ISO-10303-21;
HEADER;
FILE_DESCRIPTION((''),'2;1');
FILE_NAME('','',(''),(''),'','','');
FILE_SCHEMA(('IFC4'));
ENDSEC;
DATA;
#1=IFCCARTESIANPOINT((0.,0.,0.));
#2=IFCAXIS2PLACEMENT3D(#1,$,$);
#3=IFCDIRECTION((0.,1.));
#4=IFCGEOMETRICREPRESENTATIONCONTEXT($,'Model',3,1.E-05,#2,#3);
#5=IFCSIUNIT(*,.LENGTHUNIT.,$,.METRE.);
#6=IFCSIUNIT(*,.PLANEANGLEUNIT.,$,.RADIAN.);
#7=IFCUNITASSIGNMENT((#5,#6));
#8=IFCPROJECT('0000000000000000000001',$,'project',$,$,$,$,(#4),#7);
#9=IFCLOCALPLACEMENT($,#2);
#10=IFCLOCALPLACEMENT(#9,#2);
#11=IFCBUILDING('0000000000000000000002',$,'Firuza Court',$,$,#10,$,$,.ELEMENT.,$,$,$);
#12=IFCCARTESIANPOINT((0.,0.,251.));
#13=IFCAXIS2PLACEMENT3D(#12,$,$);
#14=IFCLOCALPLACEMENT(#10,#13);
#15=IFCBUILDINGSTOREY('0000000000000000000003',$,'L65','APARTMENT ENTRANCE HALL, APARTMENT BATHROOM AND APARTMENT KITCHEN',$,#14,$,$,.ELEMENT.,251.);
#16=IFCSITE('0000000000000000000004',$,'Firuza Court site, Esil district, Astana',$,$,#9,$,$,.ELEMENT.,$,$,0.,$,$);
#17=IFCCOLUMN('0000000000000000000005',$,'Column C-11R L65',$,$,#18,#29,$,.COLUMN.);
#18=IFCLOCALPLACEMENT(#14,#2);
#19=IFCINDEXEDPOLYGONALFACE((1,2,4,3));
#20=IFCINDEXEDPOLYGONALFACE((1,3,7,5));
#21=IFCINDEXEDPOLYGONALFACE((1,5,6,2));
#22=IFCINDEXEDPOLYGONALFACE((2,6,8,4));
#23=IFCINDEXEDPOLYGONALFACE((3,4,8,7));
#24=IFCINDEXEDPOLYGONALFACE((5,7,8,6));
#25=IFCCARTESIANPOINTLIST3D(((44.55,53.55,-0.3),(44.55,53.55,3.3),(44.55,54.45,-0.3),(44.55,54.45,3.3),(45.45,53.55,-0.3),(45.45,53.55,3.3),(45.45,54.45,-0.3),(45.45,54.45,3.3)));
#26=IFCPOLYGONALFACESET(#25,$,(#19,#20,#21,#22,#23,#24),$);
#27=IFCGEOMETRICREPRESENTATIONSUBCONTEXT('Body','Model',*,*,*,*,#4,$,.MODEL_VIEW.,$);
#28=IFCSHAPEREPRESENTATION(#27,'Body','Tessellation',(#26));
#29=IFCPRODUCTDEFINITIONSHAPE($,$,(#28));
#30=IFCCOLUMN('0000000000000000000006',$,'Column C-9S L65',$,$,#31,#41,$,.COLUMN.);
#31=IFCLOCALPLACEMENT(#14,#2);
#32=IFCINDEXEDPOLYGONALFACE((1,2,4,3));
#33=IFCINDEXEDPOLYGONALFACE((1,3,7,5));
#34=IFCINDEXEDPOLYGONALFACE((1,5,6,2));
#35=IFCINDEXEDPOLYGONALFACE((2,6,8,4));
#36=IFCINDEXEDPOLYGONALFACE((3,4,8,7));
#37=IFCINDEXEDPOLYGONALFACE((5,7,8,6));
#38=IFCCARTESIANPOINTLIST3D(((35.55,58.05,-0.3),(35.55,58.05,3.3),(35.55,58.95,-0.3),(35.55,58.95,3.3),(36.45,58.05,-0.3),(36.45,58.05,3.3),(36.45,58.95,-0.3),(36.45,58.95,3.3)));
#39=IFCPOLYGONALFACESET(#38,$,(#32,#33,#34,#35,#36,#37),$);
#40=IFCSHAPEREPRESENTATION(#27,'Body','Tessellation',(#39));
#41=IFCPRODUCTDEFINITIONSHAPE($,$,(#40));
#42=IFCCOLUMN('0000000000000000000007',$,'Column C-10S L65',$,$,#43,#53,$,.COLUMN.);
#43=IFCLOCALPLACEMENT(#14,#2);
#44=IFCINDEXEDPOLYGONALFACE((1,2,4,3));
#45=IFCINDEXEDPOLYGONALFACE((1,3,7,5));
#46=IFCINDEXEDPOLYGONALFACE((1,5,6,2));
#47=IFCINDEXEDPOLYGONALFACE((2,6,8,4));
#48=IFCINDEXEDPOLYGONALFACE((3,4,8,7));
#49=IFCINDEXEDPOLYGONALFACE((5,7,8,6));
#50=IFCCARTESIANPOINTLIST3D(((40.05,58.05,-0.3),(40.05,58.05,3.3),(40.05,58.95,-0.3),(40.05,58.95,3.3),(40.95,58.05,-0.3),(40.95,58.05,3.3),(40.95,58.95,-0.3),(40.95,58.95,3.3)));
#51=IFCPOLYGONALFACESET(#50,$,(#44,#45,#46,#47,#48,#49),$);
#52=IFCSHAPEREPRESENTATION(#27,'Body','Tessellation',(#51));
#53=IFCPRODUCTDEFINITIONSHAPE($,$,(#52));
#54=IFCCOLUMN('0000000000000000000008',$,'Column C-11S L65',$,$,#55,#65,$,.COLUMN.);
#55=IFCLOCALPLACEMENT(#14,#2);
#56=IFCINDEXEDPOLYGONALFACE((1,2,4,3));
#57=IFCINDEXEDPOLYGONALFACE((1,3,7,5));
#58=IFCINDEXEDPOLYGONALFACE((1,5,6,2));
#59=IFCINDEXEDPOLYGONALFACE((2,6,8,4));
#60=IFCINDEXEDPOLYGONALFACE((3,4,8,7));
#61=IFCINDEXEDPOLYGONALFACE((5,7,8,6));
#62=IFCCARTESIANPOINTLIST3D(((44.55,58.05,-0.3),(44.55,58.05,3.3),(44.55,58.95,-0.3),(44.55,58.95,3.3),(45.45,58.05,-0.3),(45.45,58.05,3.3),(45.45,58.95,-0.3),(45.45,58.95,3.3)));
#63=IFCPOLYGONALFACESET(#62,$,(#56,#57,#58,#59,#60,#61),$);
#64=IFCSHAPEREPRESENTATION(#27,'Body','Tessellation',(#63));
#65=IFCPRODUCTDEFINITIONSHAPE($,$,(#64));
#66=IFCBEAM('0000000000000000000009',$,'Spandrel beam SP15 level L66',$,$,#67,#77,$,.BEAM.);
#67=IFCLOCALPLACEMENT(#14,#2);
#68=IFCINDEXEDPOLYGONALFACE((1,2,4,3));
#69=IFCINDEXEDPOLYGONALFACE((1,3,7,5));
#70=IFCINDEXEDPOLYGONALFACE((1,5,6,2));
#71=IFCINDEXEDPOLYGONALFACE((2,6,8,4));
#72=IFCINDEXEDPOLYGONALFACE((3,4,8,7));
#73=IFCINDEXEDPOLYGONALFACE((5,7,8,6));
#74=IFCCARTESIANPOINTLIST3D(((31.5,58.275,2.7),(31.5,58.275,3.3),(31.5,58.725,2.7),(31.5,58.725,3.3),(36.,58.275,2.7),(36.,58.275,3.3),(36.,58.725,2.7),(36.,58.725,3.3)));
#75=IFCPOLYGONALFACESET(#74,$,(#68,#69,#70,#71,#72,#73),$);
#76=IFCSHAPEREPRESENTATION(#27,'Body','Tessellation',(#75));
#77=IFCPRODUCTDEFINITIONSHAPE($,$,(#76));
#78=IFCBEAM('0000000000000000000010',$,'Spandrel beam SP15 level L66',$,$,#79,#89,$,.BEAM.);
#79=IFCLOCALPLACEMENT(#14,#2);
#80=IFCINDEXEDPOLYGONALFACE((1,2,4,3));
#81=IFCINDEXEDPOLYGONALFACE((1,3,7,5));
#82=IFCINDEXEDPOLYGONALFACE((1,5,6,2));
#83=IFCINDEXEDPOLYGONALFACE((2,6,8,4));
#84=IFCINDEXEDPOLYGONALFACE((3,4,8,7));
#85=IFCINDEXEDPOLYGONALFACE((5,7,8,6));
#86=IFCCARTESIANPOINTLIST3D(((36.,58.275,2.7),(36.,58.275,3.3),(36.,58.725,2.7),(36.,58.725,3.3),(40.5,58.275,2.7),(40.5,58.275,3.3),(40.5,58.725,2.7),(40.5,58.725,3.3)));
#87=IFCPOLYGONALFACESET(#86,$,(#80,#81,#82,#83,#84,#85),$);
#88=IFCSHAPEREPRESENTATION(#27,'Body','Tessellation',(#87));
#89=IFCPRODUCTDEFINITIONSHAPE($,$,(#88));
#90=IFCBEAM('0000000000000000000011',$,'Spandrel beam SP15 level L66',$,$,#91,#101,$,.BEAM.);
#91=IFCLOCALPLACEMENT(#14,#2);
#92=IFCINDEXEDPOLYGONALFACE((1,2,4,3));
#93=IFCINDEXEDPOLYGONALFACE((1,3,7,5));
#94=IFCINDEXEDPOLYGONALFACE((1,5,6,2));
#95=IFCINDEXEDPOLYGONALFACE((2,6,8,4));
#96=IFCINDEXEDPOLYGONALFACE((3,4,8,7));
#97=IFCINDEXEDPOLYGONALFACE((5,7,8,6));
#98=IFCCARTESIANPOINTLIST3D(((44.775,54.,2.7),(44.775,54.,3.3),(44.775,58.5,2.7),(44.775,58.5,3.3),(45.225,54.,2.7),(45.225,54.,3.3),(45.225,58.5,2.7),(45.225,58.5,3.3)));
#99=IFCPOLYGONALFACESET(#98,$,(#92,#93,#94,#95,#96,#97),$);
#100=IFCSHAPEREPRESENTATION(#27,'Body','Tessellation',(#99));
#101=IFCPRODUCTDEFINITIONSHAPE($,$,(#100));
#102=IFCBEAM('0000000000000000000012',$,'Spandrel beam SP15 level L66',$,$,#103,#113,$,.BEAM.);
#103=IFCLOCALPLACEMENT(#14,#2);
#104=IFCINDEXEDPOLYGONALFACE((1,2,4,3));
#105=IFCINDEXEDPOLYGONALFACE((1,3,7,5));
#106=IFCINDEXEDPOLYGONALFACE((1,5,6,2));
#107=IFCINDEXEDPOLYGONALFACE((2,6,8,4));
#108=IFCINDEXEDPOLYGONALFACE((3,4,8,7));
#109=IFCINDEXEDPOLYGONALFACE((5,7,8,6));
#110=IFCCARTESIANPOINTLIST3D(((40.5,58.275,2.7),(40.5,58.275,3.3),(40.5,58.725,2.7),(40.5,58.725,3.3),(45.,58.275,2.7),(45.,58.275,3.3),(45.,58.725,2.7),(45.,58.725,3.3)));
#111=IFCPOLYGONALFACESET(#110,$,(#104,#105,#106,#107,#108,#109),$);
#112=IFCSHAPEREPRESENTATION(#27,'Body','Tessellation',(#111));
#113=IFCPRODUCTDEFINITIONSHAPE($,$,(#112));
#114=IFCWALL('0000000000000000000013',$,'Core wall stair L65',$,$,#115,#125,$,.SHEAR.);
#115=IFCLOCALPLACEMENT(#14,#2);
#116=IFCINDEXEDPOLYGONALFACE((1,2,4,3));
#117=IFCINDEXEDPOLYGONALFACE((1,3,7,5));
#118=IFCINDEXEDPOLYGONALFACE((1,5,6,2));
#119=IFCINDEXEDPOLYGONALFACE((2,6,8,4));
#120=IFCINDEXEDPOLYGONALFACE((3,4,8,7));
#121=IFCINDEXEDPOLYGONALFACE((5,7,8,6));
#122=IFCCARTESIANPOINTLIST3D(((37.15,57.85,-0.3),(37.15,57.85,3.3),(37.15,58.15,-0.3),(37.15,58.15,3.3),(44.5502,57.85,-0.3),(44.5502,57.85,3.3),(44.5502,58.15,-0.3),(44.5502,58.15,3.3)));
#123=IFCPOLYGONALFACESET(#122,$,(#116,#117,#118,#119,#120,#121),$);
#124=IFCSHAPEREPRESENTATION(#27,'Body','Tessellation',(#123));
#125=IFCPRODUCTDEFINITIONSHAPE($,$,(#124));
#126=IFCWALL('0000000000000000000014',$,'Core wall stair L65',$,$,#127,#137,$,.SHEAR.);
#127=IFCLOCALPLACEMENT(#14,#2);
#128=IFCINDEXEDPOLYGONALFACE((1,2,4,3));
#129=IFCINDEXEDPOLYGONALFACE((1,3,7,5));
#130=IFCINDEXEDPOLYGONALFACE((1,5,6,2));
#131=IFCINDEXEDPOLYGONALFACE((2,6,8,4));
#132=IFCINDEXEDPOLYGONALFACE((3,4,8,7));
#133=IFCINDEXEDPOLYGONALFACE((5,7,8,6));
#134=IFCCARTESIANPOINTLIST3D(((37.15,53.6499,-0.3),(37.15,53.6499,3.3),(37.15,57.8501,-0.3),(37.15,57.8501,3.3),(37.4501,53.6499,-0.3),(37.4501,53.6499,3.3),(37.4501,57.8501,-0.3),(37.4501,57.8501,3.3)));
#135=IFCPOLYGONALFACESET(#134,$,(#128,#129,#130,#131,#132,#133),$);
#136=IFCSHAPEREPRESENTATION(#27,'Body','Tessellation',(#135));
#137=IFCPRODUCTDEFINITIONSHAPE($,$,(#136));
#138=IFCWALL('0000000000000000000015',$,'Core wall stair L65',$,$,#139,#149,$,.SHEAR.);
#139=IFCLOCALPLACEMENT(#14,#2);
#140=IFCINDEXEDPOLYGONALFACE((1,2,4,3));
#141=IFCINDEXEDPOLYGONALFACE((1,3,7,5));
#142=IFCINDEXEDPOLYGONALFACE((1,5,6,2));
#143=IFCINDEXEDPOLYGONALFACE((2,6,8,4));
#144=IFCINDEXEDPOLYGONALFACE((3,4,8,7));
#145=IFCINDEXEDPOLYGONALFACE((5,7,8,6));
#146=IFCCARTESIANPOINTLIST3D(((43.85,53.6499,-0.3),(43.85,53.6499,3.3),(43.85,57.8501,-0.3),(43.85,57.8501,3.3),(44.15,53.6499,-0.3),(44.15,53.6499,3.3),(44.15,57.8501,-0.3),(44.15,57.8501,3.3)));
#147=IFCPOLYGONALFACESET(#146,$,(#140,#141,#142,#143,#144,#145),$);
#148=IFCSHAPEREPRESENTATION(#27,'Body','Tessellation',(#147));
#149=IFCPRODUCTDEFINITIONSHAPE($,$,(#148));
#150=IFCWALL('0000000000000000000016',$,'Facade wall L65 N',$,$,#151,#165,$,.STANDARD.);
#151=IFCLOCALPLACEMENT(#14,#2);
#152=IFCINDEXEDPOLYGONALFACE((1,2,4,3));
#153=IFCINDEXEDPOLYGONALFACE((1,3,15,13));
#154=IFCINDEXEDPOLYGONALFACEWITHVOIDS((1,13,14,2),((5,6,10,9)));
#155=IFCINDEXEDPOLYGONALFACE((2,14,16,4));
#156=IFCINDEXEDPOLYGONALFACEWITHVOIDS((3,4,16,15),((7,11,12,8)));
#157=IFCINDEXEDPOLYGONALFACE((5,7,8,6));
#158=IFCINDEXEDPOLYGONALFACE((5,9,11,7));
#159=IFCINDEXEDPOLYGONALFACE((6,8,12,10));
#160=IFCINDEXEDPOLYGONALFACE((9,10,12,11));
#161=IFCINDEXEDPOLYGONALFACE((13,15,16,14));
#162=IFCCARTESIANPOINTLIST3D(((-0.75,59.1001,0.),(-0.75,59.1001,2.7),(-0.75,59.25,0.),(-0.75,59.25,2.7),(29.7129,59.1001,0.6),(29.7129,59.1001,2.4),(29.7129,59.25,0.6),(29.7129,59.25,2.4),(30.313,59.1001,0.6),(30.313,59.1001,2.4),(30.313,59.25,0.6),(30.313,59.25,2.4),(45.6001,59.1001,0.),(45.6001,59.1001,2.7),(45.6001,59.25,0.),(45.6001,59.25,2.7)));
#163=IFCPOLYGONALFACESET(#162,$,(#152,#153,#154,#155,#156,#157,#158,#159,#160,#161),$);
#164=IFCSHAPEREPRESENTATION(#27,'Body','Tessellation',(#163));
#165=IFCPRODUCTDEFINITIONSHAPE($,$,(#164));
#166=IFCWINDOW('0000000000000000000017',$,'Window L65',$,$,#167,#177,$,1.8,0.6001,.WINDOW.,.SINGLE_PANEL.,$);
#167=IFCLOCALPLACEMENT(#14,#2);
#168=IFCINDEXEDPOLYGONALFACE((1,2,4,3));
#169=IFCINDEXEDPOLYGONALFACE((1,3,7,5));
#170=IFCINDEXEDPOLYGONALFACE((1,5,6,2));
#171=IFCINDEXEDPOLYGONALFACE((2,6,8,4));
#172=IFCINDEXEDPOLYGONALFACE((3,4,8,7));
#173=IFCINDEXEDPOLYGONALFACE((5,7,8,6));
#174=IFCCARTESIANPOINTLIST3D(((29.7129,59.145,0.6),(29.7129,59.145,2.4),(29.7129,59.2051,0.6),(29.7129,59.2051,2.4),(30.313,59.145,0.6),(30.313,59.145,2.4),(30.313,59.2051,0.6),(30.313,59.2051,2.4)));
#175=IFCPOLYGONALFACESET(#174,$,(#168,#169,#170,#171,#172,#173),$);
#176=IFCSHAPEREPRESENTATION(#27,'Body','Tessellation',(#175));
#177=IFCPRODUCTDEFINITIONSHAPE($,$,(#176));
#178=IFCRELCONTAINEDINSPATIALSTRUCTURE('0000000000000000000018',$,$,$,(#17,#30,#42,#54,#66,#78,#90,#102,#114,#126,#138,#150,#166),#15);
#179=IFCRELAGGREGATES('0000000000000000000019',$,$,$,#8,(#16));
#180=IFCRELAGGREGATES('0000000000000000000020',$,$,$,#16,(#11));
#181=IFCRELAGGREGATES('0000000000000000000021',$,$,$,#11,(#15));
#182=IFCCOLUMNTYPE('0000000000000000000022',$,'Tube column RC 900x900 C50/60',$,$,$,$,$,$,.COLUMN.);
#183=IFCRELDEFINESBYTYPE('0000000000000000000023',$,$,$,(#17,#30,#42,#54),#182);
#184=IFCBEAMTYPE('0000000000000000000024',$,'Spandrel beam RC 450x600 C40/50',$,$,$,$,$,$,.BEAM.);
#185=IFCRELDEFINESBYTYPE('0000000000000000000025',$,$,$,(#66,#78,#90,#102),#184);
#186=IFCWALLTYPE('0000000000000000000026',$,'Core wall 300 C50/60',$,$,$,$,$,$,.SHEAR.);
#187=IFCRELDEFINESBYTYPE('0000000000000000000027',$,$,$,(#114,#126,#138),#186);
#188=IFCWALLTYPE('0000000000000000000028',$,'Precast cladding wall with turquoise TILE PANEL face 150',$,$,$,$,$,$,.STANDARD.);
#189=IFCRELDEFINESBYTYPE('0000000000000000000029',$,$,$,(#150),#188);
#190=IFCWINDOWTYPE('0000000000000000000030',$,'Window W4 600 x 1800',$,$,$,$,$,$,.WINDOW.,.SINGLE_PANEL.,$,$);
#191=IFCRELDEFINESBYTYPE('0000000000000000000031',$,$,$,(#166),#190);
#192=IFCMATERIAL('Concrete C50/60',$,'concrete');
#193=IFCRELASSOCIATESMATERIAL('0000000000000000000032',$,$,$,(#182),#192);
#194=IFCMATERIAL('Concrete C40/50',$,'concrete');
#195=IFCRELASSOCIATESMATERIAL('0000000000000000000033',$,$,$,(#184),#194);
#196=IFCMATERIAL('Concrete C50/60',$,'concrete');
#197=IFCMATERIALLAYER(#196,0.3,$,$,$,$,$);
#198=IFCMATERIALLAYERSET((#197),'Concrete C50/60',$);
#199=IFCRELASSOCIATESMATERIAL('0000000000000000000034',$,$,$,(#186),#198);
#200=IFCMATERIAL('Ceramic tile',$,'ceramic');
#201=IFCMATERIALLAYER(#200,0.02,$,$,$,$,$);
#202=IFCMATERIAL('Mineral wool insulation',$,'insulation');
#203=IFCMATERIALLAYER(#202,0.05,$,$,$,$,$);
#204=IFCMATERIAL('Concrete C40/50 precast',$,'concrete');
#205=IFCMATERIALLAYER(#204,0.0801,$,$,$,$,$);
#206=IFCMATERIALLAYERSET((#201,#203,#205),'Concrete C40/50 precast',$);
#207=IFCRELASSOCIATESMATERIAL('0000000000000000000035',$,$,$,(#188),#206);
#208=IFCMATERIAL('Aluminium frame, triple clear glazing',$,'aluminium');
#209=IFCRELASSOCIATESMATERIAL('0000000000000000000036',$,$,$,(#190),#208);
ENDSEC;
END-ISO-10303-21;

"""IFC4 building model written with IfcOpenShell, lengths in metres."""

from ifc_helpers import new_model, si_unit, direction, frame, frame_2d, origin, origin_2d, place, context, subcontext, project, spatial, rectangle, extrude, material, layer, layer_set, material_profile, profile_set, type_object, element, fill, save


model = new_model("IFC4")

# Units and contexts
model_context = context("Model", 3, precision=1e-05, world=origin(), true_north=direction((0.0, 1.0)))
body_context = subcontext(model_context, "Body", "Model", "MODEL_VIEW")
ifc_project = project(units=[si_unit("LENGTHUNIT", "METRE"), si_unit("PLANEANGLEUNIT", "RADIAN")], contexts=[model_context])

# Site, building, storey
site_placement = place(None, origin())
site = spatial("IfcSite", under=ifc_project, at=site_placement, Name="Firuza Court site, Esil district, Astana", CompositionType="ELEMENT", RefElevation=0.0)
building_placement = place(site_placement, origin())
building = spatial("IfcBuilding", under=site, at=building_placement, Name="Firuza Court", CompositionType="ELEMENT")
storey_placement = place(building_placement, frame((0.0, 0.0, 251.0)))
storey = spatial("IfcBuildingStorey", under=building, at=storey_placement, Name="L65", Description="APARTMENT ENTRANCE HALL, APARTMENT BATHROOM AND APARTMENT KITCHEN", CompositionType="ELEMENT", Elevation=251.0)

# Columns
ifc_material_1 = material(Name="Concrete C50/60", Category="concrete")
ifc_material_profile_1 = material_profile(ifc_material_1, rectangle(XDim=0.8999, YDim=0.8999, at=origin_2d()), Name="RC 900x900")
ifc_profile_set_1 = profile_set([ifc_material_profile_1], Name="Concrete C50/60")
column_type = type_object("IfcColumnType", Name="Tube column RC 900x900 C50/60", PredefinedType="COLUMN", material=ifc_profile_set_1)
for number, where, z_axis, x_axis, name in (
    (1, (45.0, 54.0, -0.3), (0.0, 0.0, 1.0), (1.0, 0.0, 0.0), "Column C-11R L65"),
    (2, (36.0, 58.5, -0.3), (0.0, 0.0, 1.0), (1.0, 0.0, 0.0), "Column C-9S L65"),
    (3, (40.5, 58.5, -0.3), (0.0, 0.0, 1.0), (1.0, 0.0, 0.0), "Column C-10S L65"),
    (4, (45.0, 58.5, -0.3), (0.0, 0.0, 1.0), (1.0, 0.0, 0.0), "Column C-11S L65"),
):
    element("IfcColumn", number, at=place(storey_placement, frame(where, z_axis=z_axis, x_axis=x_axis)), inside=storey, type_object=column_type, Name=name, PredefinedType="COLUMN", context=body_context, shape_type="SweptSolid", body=[
        extrude(rectangle(XDim=0.8999, YDim=0.8999, at=origin_2d()), origin(), (0.0, 0.0, 1.0), 3.6001),
    ])

# Beams
ifc_material_2 = material(Name="Concrete C40/50", Category="concrete")
ifc_material_profile_2 = material_profile(ifc_material_2, rectangle(XDim=0.45, YDim=0.6001, at=origin_2d()), Name="RC 450x600")
ifc_profile_set_2 = profile_set([ifc_material_profile_2], Name="Concrete C40/50")
beam_type = type_object("IfcBeamType", Name="Spandrel beam RC 450x600 C40/50", PredefinedType="BEAM", material=ifc_profile_set_2)
for number, where, z_axis, x_axis, name in (
    (5, (36.0, 58.5, 3.0), (-1.0, 0.0, 0.0), (0.0, -1.0, 0.0), "Spandrel beam SP15 level L66"),
    (6, (40.5, 58.5, 3.0), (-1.0, 0.0, 0.0), (0.0, -1.0, 0.0), "Spandrel beam SP15 level L66"),
    (7, (45.0, 54.0, 3.0), (0.0, 1.0, 0.0), (-1.0, 0.0, 0.0), "Spandrel beam SP15 level L66"),
    (8, (45.0, 58.5, 3.0), (-1.0, 0.0, 0.0), (0.0, -1.0, 0.0), "Spandrel beam SP15 level L66"),
):
    element("IfcBeam", number, at=place(storey_placement, frame(where, z_axis=z_axis, x_axis=x_axis)), inside=storey, type_object=beam_type, Name=name, PredefinedType="BEAM", context=body_context, shape_type="SweptSolid", body=[
        extrude(rectangle(XDim=0.45, YDim=0.6001, at=origin_2d()), origin(), (0.0, 0.0, 1.0), 4.5),
    ])

# Walls
ifc_material_3 = material(Name="Concrete C50/60", Category="concrete")
ifc_layer_1 = layer(ifc_material_3, 0.3)
ifc_layer_set_1 = layer_set([ifc_layer_1], Name="Concrete C50/60")
wall_type_1 = type_object("IfcWallType", Name="Core wall 300 C50/60", PredefinedType="SHEAR", material=ifc_layer_set_1)
wall_1_placement = place(storey_placement, frame((37.1499, 58.0, -0.3), z_axis=(0.0, 0.0, 1.0), x_axis=(1.0, 0.0, 0.0)))
element("IfcWall", 9, at=wall_1_placement, inside=storey, type_object=wall_type_1, Name="Core wall stair L65", PredefinedType="SHEAR", context=body_context, shape_type="SweptSolid", body=[
    extrude(rectangle(XDim=7.4001, YDim=0.3, at=frame_2d((3.7002, 0.0))), origin(), (0.0, 0.0, 1.0), 3.6001),
])
for number, where, z_axis, x_axis, name in (
    (10, (37.3, 53.6499, -0.3), (0.0, 0.0, 1.0), (0.0, 1.0, 0.0), "Core wall stair L65"),
    (11, (44.0, 53.6499, -0.3), (0.0, 0.0, 1.0), (0.0, 1.0, 0.0), "Core wall stair L65"),
):
    element("IfcWall", number, at=place(storey_placement, frame(where, z_axis=z_axis, x_axis=x_axis)), inside=storey, type_object=wall_type_1, Name=name, PredefinedType="SHEAR", context=body_context, shape_type="SweptSolid", body=[
        extrude(rectangle(XDim=4.2002, YDim=0.3, at=frame_2d((2.1001, 0.0))), origin(), (0.0, 0.0, 1.0), 3.6001),
    ])

# Wall, opening, window
ifc_material_4 = material(Name="Ceramic tile", Category="ceramic")
ifc_layer_2 = layer(ifc_material_4, 0.02)
ifc_material_5 = material(Name="Mineral wool insulation", Category="insulation")
ifc_layer_3 = layer(ifc_material_5, 0.05)
ifc_material_6 = material(Name="Concrete C40/50 precast", Category="concrete")
ifc_layer_4 = layer(ifc_material_6, 0.0801)
ifc_layer_set_2 = layer_set([ifc_layer_2, ifc_layer_3, ifc_layer_4], Name="Concrete C40/50 precast")
wall_type_2 = type_object("IfcWallType", Name="Precast cladding wall with turquoise TILE PANEL face 150", PredefinedType="STANDARD", material=ifc_layer_set_2)
wall_2_placement = place(storey_placement, frame((45.6001, 59.175, 0.0), z_axis=(0.0, 0.0, 1.0), x_axis=(-1.0, 0.0, 0.0)))
wall_2 = element("IfcWall", 12, at=wall_2_placement, inside=storey, type_object=wall_type_2, Name="Facade wall L65 N", PredefinedType="STANDARD", context=body_context, shape_type="SweptSolid", body=[
    extrude(rectangle(XDim=46.3501, YDim=0.1499, at=frame_2d((23.175, 0.0))), origin(), (0.0, 0.0, 1.0), 2.7),
])
opening_placement = place(wall_2_placement, frame((15.2871, 0.0, 0.6001)))
opening = element("IfcOpeningElement", 13, at=opening_placement, cuts=wall_2, PredefinedType="OPENING", context=body_context, shape_type="SweptSolid", body=[
    extrude(rectangle(XDim=0.6001, YDim=1.8, at=frame_2d((0.3, 0.8999))), frame((0.0, 0.0869, 0.0), z_axis=(0.0, -1.0, 0.0), x_axis=(1.0, 0.0, 0.0)), (0.0, 0.0, 1.0), 0.1738),
])
ifc_material_7 = material(Name="Aluminium frame, triple clear glazing", Category="aluminium")
window_type = type_object("IfcWindowType", Name="Window W4 600 x 1800", PartitioningType="SINGLE_PANEL", PredefinedType="WINDOW", material=ifc_material_7)
window_placement = place(opening_placement, origin())
window = element("IfcWindow", 14, at=window_placement, inside=storey, type_object=window_type, Name="Window L65", OverallHeight=1.8, OverallWidth=0.6001, PartitioningType="SINGLE_PANEL", PredefinedType="WINDOW", context=body_context, shape_type="SweptSolid", body=[
    extrude(rectangle(XDim=0.6001, YDim=1.8, at=frame_2d((0.3, 0.8999))), frame((0.0, 0.03, 0.0), z_axis=(0.0, -1.0, 0.0), x_axis=(1.0, 0.0, 0.0)), (0.0, 0.0, 1.0), 0.0601),
])
fill(opening, window)

save(model, "model.ifc")
